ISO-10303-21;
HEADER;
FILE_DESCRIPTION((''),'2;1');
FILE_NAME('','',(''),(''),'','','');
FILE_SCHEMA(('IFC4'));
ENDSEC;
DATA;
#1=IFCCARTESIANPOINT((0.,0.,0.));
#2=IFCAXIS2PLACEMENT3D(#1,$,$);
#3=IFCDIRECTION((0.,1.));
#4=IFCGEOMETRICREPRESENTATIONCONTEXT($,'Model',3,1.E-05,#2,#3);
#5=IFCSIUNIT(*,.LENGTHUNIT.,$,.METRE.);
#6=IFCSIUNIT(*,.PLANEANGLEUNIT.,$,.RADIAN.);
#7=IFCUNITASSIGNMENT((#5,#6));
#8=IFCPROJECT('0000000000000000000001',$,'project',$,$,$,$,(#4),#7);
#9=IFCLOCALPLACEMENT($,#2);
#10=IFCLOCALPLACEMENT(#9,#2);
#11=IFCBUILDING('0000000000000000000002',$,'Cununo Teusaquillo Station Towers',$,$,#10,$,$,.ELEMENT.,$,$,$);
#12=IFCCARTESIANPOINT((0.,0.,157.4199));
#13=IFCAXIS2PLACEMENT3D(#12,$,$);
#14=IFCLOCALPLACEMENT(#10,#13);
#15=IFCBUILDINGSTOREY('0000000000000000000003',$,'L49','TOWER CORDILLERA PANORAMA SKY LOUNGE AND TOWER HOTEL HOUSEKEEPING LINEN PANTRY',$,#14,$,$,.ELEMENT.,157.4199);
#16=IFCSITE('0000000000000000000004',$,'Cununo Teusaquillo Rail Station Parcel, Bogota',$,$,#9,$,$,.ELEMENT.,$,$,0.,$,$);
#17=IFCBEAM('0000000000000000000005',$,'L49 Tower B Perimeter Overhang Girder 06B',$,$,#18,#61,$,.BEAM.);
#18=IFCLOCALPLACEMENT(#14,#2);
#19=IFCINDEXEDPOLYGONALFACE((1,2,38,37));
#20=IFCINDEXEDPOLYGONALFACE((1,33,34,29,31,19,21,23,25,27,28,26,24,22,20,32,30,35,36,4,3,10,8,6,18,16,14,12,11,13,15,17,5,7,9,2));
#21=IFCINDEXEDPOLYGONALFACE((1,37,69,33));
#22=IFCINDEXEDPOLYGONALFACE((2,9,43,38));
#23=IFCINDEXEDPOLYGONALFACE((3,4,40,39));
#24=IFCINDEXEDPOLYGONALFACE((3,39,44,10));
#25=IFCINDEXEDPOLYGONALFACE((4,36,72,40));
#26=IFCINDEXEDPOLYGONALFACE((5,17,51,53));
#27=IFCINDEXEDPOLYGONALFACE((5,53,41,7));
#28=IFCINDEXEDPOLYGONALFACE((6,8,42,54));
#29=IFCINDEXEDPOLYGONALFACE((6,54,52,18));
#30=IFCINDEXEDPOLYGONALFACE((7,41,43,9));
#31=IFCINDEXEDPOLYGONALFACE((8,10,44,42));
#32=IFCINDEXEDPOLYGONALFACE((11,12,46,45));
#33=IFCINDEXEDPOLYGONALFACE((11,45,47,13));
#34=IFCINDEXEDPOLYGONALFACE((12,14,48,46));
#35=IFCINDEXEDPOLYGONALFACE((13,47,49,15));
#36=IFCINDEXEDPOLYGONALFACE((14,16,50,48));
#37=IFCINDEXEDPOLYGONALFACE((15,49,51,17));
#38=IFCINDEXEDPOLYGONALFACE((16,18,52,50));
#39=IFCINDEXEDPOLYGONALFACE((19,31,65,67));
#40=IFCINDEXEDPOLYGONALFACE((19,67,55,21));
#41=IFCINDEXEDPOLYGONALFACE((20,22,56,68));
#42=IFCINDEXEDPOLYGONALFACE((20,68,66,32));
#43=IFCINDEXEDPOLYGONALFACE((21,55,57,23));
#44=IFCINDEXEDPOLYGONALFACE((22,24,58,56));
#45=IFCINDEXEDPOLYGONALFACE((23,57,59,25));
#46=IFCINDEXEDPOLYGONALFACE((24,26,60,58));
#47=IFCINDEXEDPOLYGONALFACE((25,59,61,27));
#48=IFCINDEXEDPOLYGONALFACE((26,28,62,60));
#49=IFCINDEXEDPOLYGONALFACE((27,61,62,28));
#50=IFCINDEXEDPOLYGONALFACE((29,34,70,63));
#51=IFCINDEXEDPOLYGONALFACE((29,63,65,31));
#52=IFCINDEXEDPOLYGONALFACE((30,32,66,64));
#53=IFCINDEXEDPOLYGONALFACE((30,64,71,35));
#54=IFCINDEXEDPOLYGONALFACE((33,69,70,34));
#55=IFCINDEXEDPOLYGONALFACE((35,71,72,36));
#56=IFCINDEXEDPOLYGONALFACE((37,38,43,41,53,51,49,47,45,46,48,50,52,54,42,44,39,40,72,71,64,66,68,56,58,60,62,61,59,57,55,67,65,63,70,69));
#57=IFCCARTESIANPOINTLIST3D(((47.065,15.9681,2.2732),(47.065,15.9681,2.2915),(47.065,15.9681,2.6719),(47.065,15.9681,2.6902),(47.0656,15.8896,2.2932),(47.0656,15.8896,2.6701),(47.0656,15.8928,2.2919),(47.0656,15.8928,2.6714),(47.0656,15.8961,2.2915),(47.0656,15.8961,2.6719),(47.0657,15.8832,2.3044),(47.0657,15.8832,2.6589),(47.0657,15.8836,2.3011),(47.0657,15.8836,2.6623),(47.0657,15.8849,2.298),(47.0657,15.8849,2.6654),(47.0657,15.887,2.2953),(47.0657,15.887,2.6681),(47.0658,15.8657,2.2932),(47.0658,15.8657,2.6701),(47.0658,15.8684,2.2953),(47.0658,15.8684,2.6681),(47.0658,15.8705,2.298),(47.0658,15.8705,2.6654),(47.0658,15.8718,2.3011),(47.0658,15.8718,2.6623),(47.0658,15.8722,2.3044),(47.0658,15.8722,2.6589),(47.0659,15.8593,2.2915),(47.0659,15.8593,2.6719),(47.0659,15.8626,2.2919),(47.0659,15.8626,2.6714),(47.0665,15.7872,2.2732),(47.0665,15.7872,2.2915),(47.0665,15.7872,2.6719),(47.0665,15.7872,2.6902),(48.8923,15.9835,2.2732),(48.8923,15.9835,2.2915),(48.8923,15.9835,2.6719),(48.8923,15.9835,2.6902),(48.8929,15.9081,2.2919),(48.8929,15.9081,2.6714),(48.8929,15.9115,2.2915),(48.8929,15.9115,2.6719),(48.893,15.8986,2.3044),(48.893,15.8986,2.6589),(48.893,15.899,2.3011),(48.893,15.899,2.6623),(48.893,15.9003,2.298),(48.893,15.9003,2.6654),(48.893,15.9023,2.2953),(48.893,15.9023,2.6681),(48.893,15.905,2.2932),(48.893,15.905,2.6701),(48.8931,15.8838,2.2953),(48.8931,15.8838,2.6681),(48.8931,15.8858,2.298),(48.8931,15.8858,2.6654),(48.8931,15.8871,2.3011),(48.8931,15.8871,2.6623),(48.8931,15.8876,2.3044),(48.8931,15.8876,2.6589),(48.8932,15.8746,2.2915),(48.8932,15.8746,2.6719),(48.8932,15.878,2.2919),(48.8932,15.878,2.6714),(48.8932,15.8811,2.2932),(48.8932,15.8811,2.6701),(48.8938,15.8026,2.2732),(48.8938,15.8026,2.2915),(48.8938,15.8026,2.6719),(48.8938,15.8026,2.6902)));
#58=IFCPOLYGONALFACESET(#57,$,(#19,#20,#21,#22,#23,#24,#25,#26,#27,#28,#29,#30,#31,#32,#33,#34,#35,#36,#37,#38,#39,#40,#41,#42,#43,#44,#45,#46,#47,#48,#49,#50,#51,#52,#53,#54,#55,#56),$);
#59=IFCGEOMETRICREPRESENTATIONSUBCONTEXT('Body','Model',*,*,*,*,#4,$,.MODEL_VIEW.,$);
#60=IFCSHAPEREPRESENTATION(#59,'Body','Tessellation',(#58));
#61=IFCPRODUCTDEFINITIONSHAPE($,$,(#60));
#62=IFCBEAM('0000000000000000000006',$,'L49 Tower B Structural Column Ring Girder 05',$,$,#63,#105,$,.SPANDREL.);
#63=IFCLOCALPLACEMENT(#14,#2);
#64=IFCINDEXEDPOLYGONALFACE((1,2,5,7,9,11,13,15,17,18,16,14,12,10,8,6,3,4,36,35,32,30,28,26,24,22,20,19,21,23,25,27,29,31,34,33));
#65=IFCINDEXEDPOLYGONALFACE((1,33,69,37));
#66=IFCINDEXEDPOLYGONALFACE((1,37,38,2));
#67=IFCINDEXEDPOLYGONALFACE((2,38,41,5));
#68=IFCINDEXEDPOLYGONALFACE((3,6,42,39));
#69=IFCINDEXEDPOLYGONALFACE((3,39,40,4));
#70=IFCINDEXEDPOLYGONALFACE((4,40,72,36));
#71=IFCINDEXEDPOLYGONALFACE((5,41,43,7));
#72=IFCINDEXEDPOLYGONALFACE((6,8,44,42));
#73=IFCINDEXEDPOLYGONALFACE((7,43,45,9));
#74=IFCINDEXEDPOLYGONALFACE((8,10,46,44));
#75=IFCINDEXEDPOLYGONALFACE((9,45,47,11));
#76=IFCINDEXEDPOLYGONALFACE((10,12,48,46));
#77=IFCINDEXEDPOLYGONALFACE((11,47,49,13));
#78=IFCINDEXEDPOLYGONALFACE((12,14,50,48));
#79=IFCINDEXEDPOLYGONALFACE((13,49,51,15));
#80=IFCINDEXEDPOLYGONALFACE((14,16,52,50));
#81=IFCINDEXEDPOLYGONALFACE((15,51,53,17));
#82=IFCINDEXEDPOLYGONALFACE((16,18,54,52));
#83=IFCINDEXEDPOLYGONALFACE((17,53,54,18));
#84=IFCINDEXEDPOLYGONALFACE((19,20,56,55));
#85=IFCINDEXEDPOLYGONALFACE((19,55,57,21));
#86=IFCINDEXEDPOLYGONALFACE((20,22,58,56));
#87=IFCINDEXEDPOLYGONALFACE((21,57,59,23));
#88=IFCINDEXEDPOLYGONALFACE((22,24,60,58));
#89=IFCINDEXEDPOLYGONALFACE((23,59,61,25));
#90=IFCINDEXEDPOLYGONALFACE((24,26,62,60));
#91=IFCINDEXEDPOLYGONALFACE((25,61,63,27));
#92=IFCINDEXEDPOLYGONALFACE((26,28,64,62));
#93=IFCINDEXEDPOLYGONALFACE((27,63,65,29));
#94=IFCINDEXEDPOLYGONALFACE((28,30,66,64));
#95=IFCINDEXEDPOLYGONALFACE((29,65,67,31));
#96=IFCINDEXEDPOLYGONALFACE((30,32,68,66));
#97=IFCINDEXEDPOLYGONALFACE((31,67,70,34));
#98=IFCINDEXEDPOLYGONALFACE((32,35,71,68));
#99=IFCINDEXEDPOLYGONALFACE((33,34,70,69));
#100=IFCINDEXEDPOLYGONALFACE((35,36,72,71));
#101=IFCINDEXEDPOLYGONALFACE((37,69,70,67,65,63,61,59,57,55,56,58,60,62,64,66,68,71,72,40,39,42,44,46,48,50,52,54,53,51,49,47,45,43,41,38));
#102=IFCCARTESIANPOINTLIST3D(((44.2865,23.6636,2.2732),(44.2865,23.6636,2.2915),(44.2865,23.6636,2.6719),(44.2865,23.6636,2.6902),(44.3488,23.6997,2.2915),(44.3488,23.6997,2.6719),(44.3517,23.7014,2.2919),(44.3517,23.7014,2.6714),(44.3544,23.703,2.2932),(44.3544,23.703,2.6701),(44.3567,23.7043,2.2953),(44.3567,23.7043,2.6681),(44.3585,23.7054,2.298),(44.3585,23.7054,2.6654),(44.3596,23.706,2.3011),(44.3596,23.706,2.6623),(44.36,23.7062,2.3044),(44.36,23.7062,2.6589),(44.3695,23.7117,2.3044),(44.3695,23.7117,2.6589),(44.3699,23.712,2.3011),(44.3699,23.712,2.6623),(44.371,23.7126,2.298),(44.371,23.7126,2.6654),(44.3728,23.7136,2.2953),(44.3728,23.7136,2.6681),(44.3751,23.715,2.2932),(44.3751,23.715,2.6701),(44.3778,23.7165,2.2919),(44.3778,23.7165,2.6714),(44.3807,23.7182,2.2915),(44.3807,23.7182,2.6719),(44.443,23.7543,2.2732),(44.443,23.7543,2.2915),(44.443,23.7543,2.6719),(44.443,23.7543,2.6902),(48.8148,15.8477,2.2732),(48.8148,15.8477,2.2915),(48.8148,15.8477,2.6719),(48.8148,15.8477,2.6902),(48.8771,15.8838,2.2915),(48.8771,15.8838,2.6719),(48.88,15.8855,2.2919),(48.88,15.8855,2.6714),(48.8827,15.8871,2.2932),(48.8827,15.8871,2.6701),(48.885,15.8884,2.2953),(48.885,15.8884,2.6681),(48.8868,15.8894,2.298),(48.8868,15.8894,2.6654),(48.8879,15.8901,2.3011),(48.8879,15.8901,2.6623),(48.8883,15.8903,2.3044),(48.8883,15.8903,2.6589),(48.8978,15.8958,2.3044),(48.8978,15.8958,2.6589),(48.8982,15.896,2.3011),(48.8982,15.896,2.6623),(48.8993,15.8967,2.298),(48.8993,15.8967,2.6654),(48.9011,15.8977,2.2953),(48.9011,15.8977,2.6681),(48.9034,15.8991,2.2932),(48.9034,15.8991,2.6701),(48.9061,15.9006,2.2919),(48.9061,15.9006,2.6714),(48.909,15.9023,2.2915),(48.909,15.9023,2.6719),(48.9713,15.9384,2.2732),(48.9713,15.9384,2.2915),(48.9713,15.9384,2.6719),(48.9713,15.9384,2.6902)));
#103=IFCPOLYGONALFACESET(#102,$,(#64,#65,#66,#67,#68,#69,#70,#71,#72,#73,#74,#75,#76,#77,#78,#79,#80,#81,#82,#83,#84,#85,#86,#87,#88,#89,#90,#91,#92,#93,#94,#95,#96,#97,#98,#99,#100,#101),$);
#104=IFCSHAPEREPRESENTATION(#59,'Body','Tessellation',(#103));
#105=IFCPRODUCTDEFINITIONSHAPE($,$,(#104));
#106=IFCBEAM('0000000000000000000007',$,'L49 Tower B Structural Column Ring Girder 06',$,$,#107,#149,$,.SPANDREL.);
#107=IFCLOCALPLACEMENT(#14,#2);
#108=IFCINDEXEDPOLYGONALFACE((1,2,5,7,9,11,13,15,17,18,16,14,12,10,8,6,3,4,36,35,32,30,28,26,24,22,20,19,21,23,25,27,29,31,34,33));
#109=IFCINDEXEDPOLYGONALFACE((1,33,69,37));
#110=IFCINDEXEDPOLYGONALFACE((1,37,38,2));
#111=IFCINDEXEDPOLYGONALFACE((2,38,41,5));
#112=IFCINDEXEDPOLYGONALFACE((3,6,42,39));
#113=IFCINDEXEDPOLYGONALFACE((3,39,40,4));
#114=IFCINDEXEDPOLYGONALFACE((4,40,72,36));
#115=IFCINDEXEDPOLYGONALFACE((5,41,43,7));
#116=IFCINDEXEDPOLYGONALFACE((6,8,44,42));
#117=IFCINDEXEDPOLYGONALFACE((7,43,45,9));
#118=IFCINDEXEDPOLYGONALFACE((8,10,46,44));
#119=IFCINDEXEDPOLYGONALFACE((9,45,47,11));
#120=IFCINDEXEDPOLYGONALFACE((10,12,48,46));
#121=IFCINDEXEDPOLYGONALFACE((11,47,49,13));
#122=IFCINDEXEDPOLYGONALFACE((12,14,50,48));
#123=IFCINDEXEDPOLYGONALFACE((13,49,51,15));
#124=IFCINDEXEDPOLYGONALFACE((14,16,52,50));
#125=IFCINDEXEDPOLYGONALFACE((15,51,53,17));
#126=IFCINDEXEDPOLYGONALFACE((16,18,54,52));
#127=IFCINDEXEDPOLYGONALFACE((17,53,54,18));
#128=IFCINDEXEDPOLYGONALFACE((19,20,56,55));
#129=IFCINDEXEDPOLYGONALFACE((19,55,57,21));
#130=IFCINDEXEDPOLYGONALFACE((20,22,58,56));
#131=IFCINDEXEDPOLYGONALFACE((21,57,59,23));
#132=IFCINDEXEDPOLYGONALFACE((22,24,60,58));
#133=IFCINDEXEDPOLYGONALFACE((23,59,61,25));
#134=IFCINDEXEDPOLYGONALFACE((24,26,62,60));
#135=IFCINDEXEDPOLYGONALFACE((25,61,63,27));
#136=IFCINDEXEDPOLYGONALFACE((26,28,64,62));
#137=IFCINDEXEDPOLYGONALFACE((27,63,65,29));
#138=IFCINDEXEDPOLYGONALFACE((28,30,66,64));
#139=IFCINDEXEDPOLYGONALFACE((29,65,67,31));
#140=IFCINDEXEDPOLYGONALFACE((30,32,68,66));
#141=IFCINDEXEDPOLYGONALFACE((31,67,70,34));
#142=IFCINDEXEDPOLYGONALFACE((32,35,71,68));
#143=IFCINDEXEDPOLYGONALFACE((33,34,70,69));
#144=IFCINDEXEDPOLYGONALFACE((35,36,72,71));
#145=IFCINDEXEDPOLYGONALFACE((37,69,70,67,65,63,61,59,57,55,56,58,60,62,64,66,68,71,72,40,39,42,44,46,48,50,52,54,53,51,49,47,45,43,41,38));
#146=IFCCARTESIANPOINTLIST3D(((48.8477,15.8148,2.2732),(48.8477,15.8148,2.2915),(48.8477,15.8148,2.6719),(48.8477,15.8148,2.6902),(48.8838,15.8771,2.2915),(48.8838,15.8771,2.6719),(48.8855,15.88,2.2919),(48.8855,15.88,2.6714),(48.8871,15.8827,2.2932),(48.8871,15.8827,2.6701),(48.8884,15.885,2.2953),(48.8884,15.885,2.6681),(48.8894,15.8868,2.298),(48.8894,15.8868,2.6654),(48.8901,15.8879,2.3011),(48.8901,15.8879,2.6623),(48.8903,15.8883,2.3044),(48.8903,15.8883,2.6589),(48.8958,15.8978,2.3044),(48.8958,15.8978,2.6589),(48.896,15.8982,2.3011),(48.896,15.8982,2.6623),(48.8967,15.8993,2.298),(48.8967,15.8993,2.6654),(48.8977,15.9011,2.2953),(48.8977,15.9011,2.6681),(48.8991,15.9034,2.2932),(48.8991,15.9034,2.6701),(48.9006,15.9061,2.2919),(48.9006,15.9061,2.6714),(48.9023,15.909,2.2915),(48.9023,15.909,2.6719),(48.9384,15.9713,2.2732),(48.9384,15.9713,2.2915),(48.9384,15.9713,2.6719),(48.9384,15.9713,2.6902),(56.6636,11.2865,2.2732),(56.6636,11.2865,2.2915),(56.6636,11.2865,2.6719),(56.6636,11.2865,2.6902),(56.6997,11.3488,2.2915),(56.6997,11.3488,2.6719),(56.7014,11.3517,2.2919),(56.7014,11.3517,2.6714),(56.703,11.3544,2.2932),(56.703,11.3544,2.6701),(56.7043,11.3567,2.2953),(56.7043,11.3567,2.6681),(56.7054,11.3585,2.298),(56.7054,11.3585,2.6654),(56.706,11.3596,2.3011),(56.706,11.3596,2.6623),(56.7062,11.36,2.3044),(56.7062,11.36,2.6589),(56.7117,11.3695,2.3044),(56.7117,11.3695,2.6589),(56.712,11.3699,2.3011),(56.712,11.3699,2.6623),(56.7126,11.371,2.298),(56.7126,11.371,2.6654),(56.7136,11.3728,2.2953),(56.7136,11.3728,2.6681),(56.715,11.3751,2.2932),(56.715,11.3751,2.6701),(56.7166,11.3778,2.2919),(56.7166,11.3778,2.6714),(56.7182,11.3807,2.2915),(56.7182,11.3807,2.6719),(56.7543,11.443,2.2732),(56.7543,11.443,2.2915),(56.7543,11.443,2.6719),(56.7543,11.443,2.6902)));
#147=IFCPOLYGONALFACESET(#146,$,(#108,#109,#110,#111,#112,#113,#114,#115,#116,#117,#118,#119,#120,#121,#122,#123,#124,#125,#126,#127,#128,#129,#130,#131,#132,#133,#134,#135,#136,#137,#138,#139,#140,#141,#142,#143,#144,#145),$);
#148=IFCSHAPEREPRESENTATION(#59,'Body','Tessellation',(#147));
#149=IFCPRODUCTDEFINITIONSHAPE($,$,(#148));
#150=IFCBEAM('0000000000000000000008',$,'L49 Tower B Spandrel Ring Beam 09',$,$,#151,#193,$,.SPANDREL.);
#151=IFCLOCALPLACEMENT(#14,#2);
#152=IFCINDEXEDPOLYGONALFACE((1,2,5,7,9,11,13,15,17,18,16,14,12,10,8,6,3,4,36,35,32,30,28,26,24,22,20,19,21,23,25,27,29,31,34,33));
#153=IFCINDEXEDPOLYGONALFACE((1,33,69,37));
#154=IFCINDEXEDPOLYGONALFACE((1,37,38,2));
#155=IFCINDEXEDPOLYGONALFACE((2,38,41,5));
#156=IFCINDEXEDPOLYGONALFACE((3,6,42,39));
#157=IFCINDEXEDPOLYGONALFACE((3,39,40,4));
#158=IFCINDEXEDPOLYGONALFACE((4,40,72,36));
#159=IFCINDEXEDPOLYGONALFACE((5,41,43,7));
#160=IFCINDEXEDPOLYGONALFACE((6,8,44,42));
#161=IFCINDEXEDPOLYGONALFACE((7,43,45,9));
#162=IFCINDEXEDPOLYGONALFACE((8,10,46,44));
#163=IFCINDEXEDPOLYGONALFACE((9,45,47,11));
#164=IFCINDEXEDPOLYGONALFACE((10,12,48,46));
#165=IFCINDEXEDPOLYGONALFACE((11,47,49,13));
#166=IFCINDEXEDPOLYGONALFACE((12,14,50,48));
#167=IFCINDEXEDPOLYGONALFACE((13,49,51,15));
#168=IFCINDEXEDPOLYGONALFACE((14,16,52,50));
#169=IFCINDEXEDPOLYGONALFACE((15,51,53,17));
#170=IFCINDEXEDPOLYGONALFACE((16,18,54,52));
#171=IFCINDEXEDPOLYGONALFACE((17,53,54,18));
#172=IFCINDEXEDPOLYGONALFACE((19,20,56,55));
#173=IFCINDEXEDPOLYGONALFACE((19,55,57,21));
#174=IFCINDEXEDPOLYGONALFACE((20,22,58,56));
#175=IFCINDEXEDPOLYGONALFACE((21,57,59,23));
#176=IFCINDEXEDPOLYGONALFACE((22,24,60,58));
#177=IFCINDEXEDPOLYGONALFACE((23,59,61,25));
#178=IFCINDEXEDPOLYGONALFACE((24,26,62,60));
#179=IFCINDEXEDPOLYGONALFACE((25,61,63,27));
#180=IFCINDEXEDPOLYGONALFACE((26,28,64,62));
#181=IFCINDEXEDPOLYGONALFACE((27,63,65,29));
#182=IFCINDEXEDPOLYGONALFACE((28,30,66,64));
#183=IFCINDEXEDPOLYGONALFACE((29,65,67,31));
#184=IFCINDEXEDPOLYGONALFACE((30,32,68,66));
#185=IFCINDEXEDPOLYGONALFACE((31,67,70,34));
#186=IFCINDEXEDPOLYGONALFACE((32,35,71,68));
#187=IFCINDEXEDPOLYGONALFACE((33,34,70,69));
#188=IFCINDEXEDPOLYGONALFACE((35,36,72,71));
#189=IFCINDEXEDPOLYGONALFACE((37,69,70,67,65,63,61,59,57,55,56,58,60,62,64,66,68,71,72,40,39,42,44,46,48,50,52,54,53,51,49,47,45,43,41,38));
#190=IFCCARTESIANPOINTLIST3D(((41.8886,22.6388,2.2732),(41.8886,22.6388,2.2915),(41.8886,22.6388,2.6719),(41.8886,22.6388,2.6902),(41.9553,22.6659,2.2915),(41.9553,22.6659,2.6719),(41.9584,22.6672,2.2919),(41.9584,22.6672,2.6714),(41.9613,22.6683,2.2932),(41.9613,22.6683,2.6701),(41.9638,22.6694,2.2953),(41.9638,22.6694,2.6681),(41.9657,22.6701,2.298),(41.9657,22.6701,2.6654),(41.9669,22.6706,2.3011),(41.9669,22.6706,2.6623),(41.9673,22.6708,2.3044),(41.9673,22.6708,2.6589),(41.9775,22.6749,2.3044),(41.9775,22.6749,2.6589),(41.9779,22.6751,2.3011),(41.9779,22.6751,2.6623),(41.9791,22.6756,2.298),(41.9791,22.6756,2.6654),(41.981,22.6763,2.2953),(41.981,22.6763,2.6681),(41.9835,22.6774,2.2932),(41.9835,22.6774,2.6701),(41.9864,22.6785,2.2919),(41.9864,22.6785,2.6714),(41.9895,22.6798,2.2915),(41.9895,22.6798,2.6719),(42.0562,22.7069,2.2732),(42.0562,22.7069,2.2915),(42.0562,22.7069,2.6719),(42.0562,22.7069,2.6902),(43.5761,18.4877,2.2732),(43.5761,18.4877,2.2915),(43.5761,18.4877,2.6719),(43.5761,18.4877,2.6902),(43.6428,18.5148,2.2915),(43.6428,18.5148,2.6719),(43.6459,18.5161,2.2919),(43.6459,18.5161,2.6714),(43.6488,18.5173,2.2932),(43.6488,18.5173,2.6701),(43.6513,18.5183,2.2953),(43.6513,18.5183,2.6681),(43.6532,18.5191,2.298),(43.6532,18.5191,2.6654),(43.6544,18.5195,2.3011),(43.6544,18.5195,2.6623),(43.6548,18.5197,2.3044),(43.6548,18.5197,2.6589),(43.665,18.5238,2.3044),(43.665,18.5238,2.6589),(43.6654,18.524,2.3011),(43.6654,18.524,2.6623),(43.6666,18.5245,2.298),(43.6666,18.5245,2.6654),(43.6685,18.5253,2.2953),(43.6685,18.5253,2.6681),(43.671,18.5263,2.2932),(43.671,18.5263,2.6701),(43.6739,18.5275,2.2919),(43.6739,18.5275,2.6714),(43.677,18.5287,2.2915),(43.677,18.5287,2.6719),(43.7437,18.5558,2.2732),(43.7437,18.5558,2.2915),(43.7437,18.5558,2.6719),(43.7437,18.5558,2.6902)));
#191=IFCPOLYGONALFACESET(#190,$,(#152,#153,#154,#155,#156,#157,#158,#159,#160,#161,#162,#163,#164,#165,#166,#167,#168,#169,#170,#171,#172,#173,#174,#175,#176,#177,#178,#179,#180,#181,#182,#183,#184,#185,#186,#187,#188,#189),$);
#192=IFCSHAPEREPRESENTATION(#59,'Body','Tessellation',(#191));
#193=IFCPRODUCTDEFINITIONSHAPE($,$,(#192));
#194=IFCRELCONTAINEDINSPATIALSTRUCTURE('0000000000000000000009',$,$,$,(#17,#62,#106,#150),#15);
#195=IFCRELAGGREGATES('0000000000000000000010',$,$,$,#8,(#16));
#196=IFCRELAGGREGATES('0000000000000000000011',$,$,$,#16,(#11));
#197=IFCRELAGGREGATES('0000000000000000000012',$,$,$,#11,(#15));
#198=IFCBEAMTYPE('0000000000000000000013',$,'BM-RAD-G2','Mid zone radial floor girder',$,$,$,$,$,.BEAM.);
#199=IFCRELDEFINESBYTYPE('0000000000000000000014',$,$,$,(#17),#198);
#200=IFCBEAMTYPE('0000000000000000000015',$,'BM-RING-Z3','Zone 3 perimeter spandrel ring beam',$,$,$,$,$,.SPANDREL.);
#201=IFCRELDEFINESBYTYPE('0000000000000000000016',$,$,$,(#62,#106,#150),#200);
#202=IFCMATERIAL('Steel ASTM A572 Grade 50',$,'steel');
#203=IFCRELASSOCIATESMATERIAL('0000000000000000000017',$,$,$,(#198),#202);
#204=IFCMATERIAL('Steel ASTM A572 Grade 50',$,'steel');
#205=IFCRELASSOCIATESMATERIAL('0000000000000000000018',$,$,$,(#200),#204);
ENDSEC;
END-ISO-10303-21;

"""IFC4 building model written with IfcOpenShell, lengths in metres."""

from ifc_helpers import new_model, si_unit, direction, frame, origin, origin_2d, place, context, subcontext, project, spatial, i_section, extrude, material, material_profile, profile_set, type_object, element, save


model = new_model("IFC4")

# Units and contexts
model_context = context("Model", 3, precision=1e-05, world=origin(), true_north=direction((0.0, 1.0)))
body_context = subcontext(model_context, "Body", "Model", "MODEL_VIEW")
ifc_project = project(units=[si_unit("LENGTHUNIT", "METRE"), si_unit("PLANEANGLEUNIT", "RADIAN")], contexts=[model_context])

# Site, building, storey
site_placement = place(None, origin())
site = spatial("IfcSite", under=ifc_project, at=site_placement, Name="Cununo Teusaquillo Rail Station Parcel, Bogota", CompositionType="ELEMENT", RefElevation=0.0)
building_placement = place(site_placement, origin())
building = spatial("IfcBuilding", under=site, at=building_placement, Name="Cununo Teusaquillo Station Towers", CompositionType="ELEMENT")
storey_placement = place(building_placement, frame((0.0, 0.0, 157.4199)))
storey = spatial("IfcBuildingStorey", under=building, at=storey_placement, Name="L49", Description="TOWER CORDILLERA PANORAMA SKY LOUNGE AND TOWER HOTEL HOUSEKEEPING LINEN PANTRY", CompositionType="ELEMENT", Elevation=157.4199)

# Beams
ifc_material_1 = material(Name="Steel ASTM A572 Grade 50", Category="steel")
ifc_material_profile_1 = material_profile(ifc_material_1, i_section(OverallWidth=0.1809, OverallDepth=0.417, WebThickness=0.011, FlangeThickness=0.0183, FilletRadius=0.0129, at=origin_2d()), Name="W16X57")
ifc_profile_set_1 = profile_set([ifc_material_profile_1], Name="Steel ASTM A572 Grade 50")
beam_type_1 = type_object("IfcBeamType", Name="BM-RAD-G2", Description="Mid zone radial floor girder", PredefinedType="BEAM", material=ifc_profile_set_1)
beam_1_placement = place(storey_placement, frame((48.8931, 15.8931, 2.4817), z_axis=(-0.999965, -0.008417, 0.0), x_axis=(0.008417, -0.999965, 0.0)))
element("IfcBeam", 1, at=beam_1_placement, inside=storey, type_object=beam_type_1, Name="L49 Tower B Perimeter Overhang Girder 06B", PredefinedType="BEAM", context=body_context, shape_type="SweptSolid", body=[
    extrude(i_section(OverallWidth=0.1809, OverallDepth=0.417, WebThickness=0.011, FlangeThickness=0.0183, FilletRadius=0.0129, at=origin_2d()), origin(), (0.0, 0.0, 1.0), 1.8274),
])
ifc_material_2 = material(Name="Steel ASTM A572 Grade 50", Category="steel")
ifc_material_profile_2 = material_profile(ifc_material_2, i_section(OverallWidth=0.1809, OverallDepth=0.417, WebThickness=0.011, FlangeThickness=0.0183, FilletRadius=0.0129, at=origin_2d()), Name="W16X57")
ifc_profile_set_2 = profile_set([ifc_material_profile_2], Name="Steel ASTM A572 Grade 50")
beam_type_2 = type_object("IfcBeamType", Name="BM-RING-Z3", Description="Zone 3 perimeter spandrel ring beam", PredefinedType="SPANDREL", material=ifc_profile_set_2)
for number, where, z_axis, x_axis, name in (
    (2, (44.3647, 23.709, 2.4817), (0.501311, -0.865267, 0.0), (0.865267, 0.501311, 0.0), "L49 Tower B Structural Column Ring Girder 05"),
    (3, (48.8931, 15.8931, 2.4817), (0.865267, -0.501311, 0.0), (0.501311, 0.865267, 0.0), "L49 Tower B Structural Column Ring Girder 06"),
):
    element("IfcBeam", number, at=place(storey_placement, frame(where, z_axis=z_axis, x_axis=x_axis)), inside=storey, type_object=beam_type_2, Name=name, PredefinedType="SPANDREL", context=body_context, shape_type="SweptSolid", body=[
        extrude(i_section(OverallWidth=0.1809, OverallDepth=0.417, WebThickness=0.011, FlangeThickness=0.0183, FilletRadius=0.0129, at=origin_2d()), origin(), (0.0, 0.0, 1.0), 9.033),
    ])
beam_2_placement = place(storey_placement, frame((41.9724, 22.6729, 2.4817), z_axis=(0.376589, -0.92638, 0.0), x_axis=(0.92638, 0.376589, 0.0)))
element("IfcBeam", 4, at=beam_2_placement, inside=storey, type_object=beam_type_2, Name="L49 Tower B Spandrel Ring Beam 09", PredefinedType="SPANDREL", context=body_context, shape_type="SweptSolid", body=[
    extrude(i_section(OverallWidth=0.1809, OverallDepth=0.417, WebThickness=0.011, FlangeThickness=0.0183, FilletRadius=0.0129, at=origin_2d()), origin(), (0.0, 0.0, 1.0), 4.481),
])

save(model, "model.ifc")
